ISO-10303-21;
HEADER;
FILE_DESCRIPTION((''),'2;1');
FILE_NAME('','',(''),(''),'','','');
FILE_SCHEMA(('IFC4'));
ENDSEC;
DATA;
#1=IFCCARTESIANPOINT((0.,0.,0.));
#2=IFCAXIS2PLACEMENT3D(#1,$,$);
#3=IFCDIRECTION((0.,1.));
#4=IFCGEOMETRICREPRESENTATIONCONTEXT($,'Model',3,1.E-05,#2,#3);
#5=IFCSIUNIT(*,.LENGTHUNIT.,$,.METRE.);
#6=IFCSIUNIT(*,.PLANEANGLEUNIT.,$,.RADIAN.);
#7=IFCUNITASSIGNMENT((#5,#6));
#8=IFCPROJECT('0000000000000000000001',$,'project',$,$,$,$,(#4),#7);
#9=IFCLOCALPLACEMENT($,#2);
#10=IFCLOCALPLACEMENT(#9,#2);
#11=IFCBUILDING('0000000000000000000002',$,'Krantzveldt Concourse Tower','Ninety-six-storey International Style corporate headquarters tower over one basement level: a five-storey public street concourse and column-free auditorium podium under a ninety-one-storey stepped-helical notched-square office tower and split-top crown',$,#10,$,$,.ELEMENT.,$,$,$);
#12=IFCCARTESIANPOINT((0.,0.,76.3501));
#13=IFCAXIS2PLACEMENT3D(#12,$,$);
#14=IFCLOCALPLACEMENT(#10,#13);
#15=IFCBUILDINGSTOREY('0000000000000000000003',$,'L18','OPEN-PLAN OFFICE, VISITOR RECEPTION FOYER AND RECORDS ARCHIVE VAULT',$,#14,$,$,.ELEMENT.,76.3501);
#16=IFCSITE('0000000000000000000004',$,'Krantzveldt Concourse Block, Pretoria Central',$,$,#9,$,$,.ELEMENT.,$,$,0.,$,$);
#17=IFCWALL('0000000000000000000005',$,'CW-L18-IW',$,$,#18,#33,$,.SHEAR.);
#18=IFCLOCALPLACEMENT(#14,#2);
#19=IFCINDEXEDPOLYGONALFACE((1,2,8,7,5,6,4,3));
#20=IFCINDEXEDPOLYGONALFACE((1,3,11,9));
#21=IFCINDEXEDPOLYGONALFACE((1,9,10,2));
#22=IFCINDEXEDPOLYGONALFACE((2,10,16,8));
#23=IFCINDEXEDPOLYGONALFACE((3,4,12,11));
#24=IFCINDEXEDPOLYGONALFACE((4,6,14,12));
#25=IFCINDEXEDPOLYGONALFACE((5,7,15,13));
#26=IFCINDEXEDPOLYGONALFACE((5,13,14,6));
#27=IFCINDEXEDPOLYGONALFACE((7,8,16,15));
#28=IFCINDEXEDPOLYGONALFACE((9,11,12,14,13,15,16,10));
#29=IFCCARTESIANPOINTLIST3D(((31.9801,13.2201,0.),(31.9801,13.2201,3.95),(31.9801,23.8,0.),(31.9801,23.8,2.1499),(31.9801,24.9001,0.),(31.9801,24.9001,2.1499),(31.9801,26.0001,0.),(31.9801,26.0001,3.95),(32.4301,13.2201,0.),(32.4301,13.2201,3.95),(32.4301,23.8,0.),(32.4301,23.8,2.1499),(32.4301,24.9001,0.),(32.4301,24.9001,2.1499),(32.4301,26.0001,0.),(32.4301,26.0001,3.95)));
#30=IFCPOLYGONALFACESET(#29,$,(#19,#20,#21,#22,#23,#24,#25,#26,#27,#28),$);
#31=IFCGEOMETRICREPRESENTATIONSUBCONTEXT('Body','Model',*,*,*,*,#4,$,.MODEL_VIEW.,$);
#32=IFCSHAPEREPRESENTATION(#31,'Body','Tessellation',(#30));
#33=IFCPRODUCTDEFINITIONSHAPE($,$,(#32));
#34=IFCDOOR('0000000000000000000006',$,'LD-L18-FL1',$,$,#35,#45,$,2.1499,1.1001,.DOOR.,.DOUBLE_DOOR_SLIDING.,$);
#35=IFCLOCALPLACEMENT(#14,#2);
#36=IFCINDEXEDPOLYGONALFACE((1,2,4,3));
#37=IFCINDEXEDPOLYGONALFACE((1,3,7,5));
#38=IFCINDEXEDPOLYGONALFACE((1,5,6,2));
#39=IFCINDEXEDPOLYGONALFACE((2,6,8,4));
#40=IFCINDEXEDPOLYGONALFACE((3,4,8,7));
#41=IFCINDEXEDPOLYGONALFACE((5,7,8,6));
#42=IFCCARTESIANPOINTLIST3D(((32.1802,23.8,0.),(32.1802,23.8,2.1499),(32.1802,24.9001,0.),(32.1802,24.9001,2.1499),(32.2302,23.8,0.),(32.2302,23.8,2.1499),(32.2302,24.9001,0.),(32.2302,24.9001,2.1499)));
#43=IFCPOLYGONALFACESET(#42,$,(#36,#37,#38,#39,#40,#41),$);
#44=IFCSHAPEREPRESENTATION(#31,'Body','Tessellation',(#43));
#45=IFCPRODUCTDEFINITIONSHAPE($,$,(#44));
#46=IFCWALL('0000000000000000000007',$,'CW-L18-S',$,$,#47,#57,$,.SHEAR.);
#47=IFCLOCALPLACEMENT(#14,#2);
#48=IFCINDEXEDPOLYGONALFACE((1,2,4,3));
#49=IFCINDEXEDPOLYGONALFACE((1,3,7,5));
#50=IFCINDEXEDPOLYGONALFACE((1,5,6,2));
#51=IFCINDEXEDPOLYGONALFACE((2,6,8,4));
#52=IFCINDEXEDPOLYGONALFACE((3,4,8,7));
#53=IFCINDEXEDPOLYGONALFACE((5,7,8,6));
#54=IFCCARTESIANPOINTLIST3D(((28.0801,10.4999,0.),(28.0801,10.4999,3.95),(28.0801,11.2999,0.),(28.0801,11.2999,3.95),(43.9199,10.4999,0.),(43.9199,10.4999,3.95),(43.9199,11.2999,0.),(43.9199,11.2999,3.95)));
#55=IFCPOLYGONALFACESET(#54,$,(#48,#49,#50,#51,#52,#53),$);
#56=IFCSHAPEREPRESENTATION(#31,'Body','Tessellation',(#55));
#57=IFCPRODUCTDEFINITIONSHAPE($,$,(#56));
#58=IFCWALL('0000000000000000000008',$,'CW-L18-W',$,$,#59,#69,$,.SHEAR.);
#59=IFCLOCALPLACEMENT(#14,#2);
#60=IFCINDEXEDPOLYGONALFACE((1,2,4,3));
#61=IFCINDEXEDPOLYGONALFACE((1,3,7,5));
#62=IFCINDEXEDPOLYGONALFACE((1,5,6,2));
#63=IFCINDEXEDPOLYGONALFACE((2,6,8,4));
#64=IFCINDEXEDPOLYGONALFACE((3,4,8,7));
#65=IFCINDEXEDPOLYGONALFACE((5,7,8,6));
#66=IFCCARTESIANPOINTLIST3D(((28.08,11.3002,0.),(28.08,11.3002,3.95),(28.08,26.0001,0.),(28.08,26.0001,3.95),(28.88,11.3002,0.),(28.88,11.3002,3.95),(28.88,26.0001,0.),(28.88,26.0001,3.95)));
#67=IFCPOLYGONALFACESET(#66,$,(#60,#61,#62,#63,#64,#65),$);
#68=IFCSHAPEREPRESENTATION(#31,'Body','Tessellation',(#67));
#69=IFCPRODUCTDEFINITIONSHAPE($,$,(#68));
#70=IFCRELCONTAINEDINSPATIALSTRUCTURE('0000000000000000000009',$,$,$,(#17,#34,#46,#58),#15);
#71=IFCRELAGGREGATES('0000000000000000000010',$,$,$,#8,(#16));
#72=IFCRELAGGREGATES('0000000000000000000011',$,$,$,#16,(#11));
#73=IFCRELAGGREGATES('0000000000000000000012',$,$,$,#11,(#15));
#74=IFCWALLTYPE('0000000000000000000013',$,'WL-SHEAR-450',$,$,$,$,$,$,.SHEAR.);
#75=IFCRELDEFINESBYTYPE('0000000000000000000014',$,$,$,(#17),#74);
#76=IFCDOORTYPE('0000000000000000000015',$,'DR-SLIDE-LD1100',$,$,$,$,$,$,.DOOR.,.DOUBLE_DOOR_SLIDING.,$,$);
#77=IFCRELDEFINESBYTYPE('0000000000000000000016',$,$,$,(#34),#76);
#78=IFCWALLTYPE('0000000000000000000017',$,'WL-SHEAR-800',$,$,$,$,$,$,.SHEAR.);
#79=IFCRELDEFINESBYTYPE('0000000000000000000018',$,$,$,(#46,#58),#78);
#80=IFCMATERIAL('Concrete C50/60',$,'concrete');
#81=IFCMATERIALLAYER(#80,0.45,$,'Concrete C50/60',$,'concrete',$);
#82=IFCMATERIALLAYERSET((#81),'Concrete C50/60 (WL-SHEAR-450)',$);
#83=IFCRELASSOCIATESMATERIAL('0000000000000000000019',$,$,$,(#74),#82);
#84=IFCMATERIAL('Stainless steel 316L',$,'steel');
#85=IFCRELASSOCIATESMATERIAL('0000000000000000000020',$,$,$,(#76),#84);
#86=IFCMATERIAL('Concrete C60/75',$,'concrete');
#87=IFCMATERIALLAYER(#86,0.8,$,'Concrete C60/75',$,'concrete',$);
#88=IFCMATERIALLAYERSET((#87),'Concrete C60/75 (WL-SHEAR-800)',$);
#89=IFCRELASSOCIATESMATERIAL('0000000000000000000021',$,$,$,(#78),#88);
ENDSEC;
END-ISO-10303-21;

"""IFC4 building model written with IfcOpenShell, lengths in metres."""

from ifc_helpers import new_model, si_unit, direction, frame, frame_2d, origin, place, context, subcontext, project, spatial, rectangle, extrude, material, layer, layer_set, type_object, element, fill, save


model = new_model("IFC4")

# Units and contexts
model_context = context("Model", 3, precision=1e-05, world=origin(), true_north=direction((0.0, 1.0)))
body_context = subcontext(model_context, "Body", "Model", "MODEL_VIEW")
ifc_project = project(units=[si_unit("LENGTHUNIT", "METRE"), si_unit("PLANEANGLEUNIT", "RADIAN")], contexts=[model_context])

# Site, building, storey
site_placement = place(None, origin())
site = spatial("IfcSite", under=ifc_project, at=site_placement, Name="Krantzveldt Concourse Block, Pretoria Central", CompositionType="ELEMENT", RefElevation=0.0)
building_placement = place(site_placement, origin())
building = spatial("IfcBuilding", under=site, at=building_placement, Name="Krantzveldt Concourse Tower", Description="Ninety-six-storey International Style corporate headquarters tower over one basement level: a five-storey public street concourse and column-free auditorium podium under a ninety-one-storey stepped-helical notched-square office tower and split-top crown", CompositionType="ELEMENT")
storey_placement = place(building_placement, frame((0.0, 0.0, 76.3501)))
storey = spatial("IfcBuildingStorey", under=building, at=storey_placement, Name="L18", Description="OPEN-PLAN OFFICE, VISITOR RECEPTION FOYER AND RECORDS ARCHIVE VAULT", CompositionType="ELEMENT", Elevation=76.3501)

# Wall, opening, door
ifc_material_1 = material(Name="Concrete C50/60", Category="concrete")
ifc_layer_1 = layer(ifc_material_1, 0.45, Name="Concrete C50/60", Category="concrete")
ifc_layer_set_1 = layer_set([ifc_layer_1], Name="Concrete C50/60 (WL-SHEAR-450)")
wall_type_1 = type_object("IfcWallType", Name="WL-SHEAR-450", PredefinedType="SHEAR", material=ifc_layer_set_1)
wall_1_placement = place(storey_placement, frame((32.2051, 13.22, 0.0), z_axis=(0.0, 0.0, 1.0), x_axis=(0.0, 1.0, 0.0)))
wall_1 = element("IfcWall", 1, at=wall_1_placement, inside=storey, type_object=wall_type_1, Name="CW-L18-IW", PredefinedType="SHEAR", context=body_context, shape_type="SweptSolid", body=[
    extrude(rectangle(XDim=12.78, YDim=0.45, at=frame_2d((6.3901, 0.0))), origin(), (0.0, 0.0, 1.0), 3.95),
])
opening_1_placement = place(wall_1_placement, frame((10.5801, 0.0, 0.0)))
opening_1 = element("IfcOpeningElement", 2, at=opening_1_placement, cuts=wall_1, PredefinedType="OPENING", context=body_context, shape_type="SweptSolid", body=[
    extrude(rectangle(XDim=1.1001, YDim=2.1499, at=frame_2d((0.55, 1.075))), frame((0.0, 0.2349, 0.0), z_axis=(0.0, -1.0, 0.0), x_axis=(1.0, 0.0, 0.0)), (0.0, 0.0, 1.0), 0.47),
])
ifc_material_2 = material(Name="Stainless steel 316L", Category="steel")
door_type_1 = type_object("IfcDoorType", Name="DR-SLIDE-LD1100", OperationType="DOUBLE_DOOR_SLIDING", PredefinedType="DOOR", material=ifc_material_2)
door_1_placement = place(opening_1_placement, origin())
door_1 = element("IfcDoor", 3, at=door_1_placement, inside=storey, type_object=door_type_1, Name="LD-L18-FL1", OperationType="DOUBLE_DOOR_SLIDING", OverallHeight=2.1499, OverallWidth=1.1001, PredefinedType="DOOR", context=body_context, shape_type="SweptSolid", body=[
    extrude(rectangle(XDim=1.1001, YDim=2.1499, at=frame_2d((0.55, 1.075))), frame((0.0, 0.0249, 0.0), z_axis=(0.0, -1.0, 0.0), x_axis=(1.0, 0.0, 0.0)), (0.0, 0.0, 1.0), 0.05),
])
fill(opening_1, door_1)

# Walls
ifc_material_3 = material(Name="Concrete C60/75", Category="concrete")
ifc_layer_2 = layer(ifc_material_3, 0.8, Name="Concrete C60/75", Category="concrete")
ifc_layer_set_2 = layer_set([ifc_layer_2], Name="Concrete C60/75 (WL-SHEAR-800)")
wall_type_2 = type_object("IfcWallType", Name="WL-SHEAR-800", PredefinedType="SHEAR", material=ifc_layer_set_2)
wall_2_placement = place(storey_placement, frame((28.0801, 10.8999, 0.0), z_axis=(0.0, 0.0, 1.0), x_axis=(1.0, 0.0, 0.0)))
element("IfcWall", 4, at=wall_2_placement, inside=storey, type_object=wall_type_2, Name="CW-L18-S", PredefinedType="SHEAR", context=body_context, shape_type="SweptSolid", body=[
    extrude(rectangle(XDim=15.8398, YDim=0.8, at=frame_2d((7.9199, 0.0))), origin(), (0.0, 0.0, 1.0), 3.95),
])
wall_3_placement = place(storey_placement, frame((28.48, 11.3, 0.0), z_axis=(0.0, 0.0, 1.0), x_axis=(0.0, 1.0, 0.0)))
element("IfcWall", 5, at=wall_3_placement, inside=storey, type_object=wall_type_2, Name="CW-L18-W", PredefinedType="SHEAR", context=body_context, shape_type="SweptSolid", body=[
    extrude(rectangle(XDim=14.7, YDim=0.8, at=frame_2d((7.3501, 0.0))), origin(), (0.0, 0.0, 1.0), 3.95),
])

save(model, "model.ifc")
